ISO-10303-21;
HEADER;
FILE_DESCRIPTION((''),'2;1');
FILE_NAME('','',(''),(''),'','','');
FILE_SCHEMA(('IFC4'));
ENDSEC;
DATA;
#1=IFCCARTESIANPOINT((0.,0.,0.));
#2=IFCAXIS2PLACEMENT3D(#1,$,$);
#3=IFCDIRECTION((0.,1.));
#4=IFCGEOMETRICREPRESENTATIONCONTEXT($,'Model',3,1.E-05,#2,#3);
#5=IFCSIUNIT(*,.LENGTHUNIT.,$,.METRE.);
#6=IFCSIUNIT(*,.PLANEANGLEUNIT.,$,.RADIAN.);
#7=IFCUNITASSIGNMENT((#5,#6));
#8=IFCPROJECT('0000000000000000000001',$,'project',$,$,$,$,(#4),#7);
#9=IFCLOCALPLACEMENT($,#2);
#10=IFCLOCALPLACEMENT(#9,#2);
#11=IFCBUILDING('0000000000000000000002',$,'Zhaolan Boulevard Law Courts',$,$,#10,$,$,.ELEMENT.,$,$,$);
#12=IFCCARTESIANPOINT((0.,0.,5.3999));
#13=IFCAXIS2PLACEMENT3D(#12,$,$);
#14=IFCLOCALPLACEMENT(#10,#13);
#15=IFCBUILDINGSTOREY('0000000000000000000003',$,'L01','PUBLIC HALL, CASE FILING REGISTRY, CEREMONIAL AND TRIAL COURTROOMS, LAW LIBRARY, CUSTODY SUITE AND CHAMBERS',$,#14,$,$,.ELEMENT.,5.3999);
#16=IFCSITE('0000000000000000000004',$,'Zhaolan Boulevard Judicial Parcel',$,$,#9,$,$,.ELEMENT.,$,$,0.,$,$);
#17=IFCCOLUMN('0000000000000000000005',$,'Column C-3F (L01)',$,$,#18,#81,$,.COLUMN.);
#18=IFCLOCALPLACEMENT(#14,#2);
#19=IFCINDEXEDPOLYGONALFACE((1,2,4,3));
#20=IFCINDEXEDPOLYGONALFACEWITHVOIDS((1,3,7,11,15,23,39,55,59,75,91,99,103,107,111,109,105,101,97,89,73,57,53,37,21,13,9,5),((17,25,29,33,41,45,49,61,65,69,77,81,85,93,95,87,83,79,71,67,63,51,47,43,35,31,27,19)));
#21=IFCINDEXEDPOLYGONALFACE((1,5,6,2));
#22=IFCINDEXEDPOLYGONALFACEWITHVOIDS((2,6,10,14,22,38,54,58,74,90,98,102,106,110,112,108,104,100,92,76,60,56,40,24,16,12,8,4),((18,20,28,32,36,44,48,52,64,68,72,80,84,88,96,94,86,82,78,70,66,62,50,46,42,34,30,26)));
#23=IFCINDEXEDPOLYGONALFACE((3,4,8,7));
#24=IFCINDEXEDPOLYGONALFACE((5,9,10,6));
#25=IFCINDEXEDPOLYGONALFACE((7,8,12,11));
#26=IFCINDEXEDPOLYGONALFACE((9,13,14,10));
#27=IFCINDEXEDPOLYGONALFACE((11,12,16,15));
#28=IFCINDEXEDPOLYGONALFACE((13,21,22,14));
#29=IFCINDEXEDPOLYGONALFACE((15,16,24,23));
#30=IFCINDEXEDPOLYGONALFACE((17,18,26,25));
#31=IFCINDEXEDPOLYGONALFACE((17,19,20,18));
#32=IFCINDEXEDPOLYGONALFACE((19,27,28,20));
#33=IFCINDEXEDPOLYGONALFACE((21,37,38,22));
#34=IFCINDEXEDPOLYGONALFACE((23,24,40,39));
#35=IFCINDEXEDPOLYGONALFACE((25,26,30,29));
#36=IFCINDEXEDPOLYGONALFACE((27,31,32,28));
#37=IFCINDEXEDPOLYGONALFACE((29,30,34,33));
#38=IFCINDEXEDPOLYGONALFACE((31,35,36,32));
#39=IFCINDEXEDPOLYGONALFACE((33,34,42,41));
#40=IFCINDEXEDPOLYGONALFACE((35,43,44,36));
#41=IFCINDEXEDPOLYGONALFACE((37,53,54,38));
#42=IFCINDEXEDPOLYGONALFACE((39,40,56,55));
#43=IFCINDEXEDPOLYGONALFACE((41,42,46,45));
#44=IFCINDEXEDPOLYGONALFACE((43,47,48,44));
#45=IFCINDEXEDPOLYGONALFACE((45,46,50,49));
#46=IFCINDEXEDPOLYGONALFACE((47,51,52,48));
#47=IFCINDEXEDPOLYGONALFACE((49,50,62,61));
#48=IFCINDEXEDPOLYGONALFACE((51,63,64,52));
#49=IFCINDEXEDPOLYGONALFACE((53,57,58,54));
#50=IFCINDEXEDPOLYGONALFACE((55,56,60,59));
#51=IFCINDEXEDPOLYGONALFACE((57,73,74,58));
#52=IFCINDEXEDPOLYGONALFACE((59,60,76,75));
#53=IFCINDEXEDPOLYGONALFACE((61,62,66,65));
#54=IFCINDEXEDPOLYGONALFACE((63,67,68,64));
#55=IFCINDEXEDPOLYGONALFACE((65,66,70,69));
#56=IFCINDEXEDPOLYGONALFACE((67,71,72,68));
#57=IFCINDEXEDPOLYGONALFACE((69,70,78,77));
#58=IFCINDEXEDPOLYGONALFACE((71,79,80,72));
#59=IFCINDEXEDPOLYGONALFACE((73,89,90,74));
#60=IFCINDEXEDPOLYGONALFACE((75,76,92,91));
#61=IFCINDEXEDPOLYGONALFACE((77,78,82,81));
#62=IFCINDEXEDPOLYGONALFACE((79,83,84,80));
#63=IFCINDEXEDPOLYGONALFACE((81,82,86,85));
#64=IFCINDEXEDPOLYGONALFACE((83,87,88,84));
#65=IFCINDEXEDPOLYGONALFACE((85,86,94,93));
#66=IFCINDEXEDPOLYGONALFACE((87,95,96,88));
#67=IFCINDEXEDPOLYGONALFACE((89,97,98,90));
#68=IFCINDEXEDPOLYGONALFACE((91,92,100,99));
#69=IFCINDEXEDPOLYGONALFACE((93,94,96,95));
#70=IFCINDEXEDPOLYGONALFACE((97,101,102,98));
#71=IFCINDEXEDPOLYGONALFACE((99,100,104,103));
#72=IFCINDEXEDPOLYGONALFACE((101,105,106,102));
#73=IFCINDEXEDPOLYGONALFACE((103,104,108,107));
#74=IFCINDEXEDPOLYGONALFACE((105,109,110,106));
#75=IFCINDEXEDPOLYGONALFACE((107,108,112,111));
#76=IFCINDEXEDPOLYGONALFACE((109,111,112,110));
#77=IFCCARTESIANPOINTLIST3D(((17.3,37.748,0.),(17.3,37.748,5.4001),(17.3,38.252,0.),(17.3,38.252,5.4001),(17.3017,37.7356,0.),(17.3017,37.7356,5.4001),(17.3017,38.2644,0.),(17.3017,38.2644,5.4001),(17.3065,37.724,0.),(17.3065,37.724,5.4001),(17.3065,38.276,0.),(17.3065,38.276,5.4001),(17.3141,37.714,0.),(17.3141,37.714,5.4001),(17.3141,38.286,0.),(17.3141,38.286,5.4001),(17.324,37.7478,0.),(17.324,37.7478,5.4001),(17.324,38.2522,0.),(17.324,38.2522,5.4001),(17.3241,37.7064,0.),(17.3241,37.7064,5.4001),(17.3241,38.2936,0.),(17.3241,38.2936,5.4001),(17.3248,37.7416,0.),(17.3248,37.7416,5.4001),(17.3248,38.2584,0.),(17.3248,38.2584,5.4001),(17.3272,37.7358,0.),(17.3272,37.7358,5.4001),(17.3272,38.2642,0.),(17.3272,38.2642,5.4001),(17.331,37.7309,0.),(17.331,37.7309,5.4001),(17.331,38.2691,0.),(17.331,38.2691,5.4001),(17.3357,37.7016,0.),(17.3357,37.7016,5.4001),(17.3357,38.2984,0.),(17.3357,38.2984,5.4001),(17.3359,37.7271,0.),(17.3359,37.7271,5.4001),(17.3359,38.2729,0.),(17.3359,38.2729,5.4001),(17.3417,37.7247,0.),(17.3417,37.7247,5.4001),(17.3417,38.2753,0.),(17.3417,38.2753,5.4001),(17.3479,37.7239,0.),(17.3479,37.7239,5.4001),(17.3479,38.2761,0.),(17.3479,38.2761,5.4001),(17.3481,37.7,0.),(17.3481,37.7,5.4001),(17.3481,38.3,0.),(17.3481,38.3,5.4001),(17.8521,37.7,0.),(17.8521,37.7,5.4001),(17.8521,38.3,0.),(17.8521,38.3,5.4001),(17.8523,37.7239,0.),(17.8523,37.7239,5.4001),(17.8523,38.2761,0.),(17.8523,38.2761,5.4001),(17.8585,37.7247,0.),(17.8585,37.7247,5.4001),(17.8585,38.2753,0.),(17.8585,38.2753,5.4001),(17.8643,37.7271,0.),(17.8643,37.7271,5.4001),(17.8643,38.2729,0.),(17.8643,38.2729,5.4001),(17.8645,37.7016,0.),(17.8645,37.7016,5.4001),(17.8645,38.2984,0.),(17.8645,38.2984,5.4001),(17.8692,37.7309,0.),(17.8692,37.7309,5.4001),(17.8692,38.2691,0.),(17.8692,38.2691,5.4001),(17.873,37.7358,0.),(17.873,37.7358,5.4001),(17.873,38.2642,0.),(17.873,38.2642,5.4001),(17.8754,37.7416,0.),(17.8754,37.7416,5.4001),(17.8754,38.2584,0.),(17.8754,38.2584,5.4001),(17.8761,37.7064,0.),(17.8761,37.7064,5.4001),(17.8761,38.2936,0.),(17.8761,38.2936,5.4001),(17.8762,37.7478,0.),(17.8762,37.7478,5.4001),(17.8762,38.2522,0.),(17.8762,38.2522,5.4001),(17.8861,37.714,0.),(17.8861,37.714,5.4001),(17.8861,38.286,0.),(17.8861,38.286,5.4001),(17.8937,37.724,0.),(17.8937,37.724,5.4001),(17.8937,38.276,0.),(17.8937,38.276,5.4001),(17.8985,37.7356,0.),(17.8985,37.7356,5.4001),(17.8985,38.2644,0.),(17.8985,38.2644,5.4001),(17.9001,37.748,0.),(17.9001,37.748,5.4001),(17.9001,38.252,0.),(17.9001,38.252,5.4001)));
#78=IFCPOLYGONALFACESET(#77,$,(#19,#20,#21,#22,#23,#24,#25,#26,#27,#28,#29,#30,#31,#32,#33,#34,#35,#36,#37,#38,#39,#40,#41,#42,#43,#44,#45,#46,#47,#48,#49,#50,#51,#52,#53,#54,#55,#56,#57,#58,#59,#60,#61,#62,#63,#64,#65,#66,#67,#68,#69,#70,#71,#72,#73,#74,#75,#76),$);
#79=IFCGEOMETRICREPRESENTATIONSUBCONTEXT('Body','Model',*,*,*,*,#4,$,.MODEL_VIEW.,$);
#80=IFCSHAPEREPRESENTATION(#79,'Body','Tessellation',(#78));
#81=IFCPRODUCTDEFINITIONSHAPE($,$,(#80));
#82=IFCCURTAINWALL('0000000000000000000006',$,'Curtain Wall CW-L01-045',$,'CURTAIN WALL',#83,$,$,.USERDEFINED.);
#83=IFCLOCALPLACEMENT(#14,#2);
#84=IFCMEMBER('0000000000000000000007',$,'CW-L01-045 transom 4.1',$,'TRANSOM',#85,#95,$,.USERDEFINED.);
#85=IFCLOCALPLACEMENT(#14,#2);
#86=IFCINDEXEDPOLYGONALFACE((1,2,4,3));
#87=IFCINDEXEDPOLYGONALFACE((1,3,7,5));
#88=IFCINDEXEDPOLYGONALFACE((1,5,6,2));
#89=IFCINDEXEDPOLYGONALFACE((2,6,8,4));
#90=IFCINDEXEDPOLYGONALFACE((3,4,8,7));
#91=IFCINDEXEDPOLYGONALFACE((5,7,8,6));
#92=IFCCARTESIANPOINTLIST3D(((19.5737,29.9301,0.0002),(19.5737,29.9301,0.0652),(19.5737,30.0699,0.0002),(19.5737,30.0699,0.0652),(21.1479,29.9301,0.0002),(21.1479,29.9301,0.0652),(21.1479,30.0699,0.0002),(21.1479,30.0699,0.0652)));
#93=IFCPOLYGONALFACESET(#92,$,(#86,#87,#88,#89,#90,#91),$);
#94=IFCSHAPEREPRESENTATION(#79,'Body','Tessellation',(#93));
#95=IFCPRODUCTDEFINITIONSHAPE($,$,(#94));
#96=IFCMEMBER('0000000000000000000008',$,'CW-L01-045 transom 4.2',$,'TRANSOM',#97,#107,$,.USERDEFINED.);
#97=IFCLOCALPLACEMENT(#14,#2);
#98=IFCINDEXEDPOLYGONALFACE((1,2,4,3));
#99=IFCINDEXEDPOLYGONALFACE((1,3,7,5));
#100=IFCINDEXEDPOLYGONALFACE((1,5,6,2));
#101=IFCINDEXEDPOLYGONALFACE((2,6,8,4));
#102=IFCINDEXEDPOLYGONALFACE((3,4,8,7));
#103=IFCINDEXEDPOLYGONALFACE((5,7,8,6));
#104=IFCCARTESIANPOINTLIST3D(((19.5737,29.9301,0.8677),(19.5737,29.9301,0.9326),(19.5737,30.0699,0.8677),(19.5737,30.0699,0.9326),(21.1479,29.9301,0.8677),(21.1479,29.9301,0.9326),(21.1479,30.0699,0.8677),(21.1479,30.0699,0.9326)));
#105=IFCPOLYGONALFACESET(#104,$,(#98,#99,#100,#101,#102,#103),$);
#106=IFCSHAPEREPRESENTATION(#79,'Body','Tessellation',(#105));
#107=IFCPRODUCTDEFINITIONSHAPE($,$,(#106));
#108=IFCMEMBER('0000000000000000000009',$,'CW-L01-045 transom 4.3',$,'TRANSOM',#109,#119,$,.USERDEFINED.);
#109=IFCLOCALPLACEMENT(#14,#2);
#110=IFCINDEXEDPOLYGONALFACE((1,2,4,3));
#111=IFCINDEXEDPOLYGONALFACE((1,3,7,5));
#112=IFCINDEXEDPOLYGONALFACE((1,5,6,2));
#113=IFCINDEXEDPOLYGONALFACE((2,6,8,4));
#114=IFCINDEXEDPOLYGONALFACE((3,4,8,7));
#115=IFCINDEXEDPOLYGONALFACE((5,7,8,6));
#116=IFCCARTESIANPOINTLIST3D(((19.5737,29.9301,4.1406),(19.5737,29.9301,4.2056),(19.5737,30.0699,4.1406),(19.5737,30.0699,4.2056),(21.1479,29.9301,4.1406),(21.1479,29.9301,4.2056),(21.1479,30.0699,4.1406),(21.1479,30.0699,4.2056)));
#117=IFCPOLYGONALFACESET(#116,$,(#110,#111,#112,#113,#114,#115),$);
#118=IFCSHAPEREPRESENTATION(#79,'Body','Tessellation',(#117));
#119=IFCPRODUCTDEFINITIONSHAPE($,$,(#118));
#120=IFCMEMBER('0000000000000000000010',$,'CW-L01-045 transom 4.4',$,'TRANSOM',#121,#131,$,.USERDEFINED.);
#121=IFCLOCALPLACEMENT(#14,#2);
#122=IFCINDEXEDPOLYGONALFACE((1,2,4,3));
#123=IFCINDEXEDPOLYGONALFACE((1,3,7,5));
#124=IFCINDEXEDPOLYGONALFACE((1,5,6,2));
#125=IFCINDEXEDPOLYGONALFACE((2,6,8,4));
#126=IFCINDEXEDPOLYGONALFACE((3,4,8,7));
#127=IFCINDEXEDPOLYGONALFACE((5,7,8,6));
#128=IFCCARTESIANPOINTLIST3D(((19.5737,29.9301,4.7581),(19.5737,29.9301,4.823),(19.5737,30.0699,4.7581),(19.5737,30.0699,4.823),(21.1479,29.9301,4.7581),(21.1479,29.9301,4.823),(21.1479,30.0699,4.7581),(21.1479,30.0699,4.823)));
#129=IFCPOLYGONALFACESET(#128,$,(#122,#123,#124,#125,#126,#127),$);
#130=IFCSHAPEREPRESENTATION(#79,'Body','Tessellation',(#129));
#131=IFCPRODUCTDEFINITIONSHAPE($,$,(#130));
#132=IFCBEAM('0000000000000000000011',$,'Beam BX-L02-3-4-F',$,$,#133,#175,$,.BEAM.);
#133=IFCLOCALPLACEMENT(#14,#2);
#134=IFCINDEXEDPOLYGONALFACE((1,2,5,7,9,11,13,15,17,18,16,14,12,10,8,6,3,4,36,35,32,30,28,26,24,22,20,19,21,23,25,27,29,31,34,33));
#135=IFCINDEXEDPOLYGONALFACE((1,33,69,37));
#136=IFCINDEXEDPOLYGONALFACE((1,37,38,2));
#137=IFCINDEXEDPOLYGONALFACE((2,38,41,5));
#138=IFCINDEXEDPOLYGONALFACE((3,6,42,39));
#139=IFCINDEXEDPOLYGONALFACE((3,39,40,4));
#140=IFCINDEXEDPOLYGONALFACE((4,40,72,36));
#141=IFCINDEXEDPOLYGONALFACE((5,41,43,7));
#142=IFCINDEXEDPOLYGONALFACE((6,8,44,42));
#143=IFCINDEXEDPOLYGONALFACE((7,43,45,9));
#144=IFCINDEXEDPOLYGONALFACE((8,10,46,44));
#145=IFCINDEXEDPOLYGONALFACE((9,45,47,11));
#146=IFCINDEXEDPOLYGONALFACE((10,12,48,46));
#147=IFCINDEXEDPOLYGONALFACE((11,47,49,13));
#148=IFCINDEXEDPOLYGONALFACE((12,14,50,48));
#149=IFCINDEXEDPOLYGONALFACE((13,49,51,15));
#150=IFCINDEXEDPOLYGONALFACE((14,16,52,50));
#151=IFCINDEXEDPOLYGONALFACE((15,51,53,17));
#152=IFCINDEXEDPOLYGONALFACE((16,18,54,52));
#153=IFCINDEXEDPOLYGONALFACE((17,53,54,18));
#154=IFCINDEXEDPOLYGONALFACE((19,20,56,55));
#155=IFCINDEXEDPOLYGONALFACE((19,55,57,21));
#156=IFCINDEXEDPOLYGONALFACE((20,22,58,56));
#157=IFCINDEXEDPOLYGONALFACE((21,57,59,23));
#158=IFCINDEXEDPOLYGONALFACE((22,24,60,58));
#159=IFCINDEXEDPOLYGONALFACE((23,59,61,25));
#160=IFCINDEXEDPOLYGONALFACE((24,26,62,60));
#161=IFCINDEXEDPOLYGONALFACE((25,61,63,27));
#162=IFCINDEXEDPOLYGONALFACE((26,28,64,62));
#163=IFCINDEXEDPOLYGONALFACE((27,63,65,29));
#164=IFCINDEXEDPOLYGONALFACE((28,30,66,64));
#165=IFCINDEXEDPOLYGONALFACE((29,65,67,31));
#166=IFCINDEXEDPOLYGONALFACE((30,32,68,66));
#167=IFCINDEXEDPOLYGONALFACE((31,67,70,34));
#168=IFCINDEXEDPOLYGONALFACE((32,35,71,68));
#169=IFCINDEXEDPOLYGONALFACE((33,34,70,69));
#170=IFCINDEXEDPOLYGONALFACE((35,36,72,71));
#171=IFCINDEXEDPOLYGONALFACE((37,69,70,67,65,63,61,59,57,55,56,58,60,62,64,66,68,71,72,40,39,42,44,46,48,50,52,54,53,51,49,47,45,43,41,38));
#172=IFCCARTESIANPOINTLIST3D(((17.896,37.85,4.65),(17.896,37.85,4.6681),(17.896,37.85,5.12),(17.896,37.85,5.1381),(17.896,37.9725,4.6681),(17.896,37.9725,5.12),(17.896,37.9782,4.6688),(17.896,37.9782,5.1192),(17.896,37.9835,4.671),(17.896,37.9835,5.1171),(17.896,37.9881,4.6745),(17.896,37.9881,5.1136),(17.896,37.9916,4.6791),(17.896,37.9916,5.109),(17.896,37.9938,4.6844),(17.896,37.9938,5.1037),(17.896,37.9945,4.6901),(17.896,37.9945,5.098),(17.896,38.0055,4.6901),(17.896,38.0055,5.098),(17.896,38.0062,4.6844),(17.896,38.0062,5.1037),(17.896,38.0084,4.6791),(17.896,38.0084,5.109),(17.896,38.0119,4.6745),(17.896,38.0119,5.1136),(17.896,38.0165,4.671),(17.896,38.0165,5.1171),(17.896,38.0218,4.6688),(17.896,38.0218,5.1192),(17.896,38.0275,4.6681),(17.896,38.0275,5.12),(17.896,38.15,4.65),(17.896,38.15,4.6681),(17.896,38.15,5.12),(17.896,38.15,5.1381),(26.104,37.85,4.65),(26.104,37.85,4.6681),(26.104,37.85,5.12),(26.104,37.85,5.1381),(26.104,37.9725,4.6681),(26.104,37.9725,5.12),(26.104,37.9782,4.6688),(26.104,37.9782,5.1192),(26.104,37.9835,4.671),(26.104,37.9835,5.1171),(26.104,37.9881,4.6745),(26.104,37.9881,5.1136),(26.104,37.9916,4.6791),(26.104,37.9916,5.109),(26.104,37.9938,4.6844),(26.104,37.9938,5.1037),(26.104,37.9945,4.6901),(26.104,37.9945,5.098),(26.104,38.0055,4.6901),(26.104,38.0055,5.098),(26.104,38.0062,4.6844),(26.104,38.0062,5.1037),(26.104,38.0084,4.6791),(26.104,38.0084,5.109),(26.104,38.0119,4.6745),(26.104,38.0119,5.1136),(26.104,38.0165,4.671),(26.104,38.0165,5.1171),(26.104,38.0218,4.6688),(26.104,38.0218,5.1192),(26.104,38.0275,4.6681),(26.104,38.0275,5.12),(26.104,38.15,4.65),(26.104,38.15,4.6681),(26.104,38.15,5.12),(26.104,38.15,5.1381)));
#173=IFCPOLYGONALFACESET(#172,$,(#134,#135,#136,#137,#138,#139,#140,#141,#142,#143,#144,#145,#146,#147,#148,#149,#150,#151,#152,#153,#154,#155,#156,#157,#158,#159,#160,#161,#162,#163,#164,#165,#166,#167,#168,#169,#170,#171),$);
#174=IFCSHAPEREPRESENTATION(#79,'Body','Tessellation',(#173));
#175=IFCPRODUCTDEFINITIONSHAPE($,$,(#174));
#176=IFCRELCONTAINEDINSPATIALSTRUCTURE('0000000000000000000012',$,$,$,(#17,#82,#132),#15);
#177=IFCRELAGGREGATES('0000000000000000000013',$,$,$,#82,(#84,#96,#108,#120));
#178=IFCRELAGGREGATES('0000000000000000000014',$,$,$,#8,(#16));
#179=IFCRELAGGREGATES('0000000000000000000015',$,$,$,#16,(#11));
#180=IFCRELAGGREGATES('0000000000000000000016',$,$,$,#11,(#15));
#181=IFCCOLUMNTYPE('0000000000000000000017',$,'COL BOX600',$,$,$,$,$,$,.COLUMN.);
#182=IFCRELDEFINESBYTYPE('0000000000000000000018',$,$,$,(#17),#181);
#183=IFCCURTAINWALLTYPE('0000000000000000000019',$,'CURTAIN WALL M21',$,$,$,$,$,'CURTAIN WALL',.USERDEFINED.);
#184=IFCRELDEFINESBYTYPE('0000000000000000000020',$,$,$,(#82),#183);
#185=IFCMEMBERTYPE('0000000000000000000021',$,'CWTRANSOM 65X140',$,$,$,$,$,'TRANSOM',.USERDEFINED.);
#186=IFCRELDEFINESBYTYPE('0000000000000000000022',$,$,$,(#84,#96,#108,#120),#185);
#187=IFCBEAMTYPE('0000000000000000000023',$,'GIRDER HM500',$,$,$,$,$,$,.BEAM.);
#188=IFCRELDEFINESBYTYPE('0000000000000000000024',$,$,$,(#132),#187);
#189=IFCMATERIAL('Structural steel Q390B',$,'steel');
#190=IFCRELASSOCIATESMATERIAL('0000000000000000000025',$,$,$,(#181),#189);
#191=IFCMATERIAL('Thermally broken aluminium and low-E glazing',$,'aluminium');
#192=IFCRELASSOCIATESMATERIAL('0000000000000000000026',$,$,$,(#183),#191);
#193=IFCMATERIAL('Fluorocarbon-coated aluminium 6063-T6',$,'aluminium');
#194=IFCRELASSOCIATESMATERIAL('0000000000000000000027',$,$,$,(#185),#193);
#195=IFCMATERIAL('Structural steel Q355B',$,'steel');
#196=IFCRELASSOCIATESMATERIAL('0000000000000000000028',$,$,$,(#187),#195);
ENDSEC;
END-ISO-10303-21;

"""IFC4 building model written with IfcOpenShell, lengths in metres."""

from ifc_helpers import new_model, si_unit, direction, frame, origin, origin_2d, place, context, subcontext, project, spatial, rectangle, hollow_rectangle, i_section, extrude, material, material_profile, profile_set, type_object, element, aggregate, save


model = new_model("IFC4")

# Units and contexts
model_context = context("Model", 3, precision=1e-05, world=origin(), true_north=direction((0.0, 1.0)))
body_context = subcontext(model_context, "Body", "Model", "MODEL_VIEW")
ifc_project = project(units=[si_unit("LENGTHUNIT", "METRE"), si_unit("PLANEANGLEUNIT", "RADIAN")], contexts=[model_context])

# Site, building, storey
site_placement = place(None, origin())
site = spatial("IfcSite", under=ifc_project, at=site_placement, Name="Zhaolan Boulevard Judicial Parcel", CompositionType="ELEMENT", RefElevation=0.0)
building_placement = place(site_placement, origin())
building = spatial("IfcBuilding", under=site, at=building_placement, Name="Zhaolan Boulevard Law Courts", CompositionType="ELEMENT")
storey_placement = place(building_placement, frame((0.0, 0.0, 5.3999)))
storey = spatial("IfcBuildingStorey", under=building, at=storey_placement, Name="L01", Description="PUBLIC HALL, CASE FILING REGISTRY, CEREMONIAL AND TRIAL COURTROOMS, LAW LIBRARY, CUSTODY SUITE AND CHAMBERS", CompositionType="ELEMENT", Elevation=5.3999)

# Column
ifc_material_1 = material(Name="Structural steel Q390B", Category="steel")
ifc_material_profile_1 = material_profile(ifc_material_1, hollow_rectangle(XDim=0.6001, YDim=0.6001, WallThickness=0.0239, InnerFilletRadius=0.0239, OuterFilletRadius=0.0481, at=origin_2d()), Name="BOX600x600x24")
ifc_profile_set_1 = profile_set([ifc_material_profile_1], Name="Structural steel Q390B")
column_type = type_object("IfcColumnType", Name="COL BOX600", PredefinedType="COLUMN", material=ifc_profile_set_1)
column_placement = place(storey_placement, frame((17.6001, 38.0, 0.0), z_axis=(0.0, 0.0, 1.0), x_axis=(1.0, 0.0, 0.0)))
element("IfcColumn", 1, at=column_placement, inside=storey, type_object=column_type, Name="Column C-3F (L01)", PredefinedType="COLUMN", context=body_context, shape_type="SweptSolid", body=[
    extrude(hollow_rectangle(XDim=0.6001, YDim=0.6001, WallThickness=0.0239, InnerFilletRadius=0.0239, OuterFilletRadius=0.0481, at=origin_2d()), origin(), (0.0, 0.0, 1.0), 5.4001),
])

# Curtain wall, members
ifc_material_2 = material(Name="Thermally broken aluminium and low-E glazing", Category="aluminium")
curtain_wall_type = type_object("IfcCurtainWallType", Name="CURTAIN WALL M21", ElementType="CURTAIN WALL", PredefinedType="USERDEFINED", material=ifc_material_2)
curtain_wall_placement = place(storey_placement, origin())
curtain_wall = element("IfcCurtainWall", 2, at=curtain_wall_placement, inside=storey, type_object=curtain_wall_type, Name="Curtain Wall CW-L01-045", ObjectType="CURTAIN WALL", PredefinedType="USERDEFINED")
ifc_material_3 = material(Name="Fluorocarbon-coated aluminium 6063-T6", Category="aluminium")
ifc_material_profile_2 = material_profile(ifc_material_3, rectangle(XDim=0.1399, YDim=0.0649, at=origin_2d()), Name="AL65x140")
ifc_profile_set_2 = profile_set([ifc_material_profile_2], Name="Fluorocarbon-coated aluminium 6063-T6")
member_type = type_object("IfcMemberType", Name="CWTRANSOM 65X140", ElementType="TRANSOM", PredefinedType="USERDEFINED", material=ifc_profile_set_2)
member_1_placement = place(storey_placement, frame((21.1479, 30.0, 0.0327), z_axis=(-1.0, 0.0, 0.0), x_axis=(0.0, -1.0, 0.0)))
member_1 = element("IfcMember", 3, at=member_1_placement, type_object=member_type, Name="CW-L01-045 transom 4.1", ObjectType="TRANSOM", PredefinedType="USERDEFINED", context=body_context, shape_type="SweptSolid", body=[
    extrude(rectangle(XDim=0.1399, YDim=0.0649, at=origin_2d()), origin(), (0.0, 0.0, 1.0), 1.5742),
])
member_2_placement = place(storey_placement, frame((21.1479, 30.0, 0.9001), z_axis=(-1.0, 0.0, 0.0), x_axis=(0.0, -1.0, 0.0)))
member_2 = element("IfcMember", 4, at=member_2_placement, type_object=member_type, Name="CW-L01-045 transom 4.2", ObjectType="TRANSOM", PredefinedType="USERDEFINED", context=body_context, shape_type="SweptSolid", body=[
    extrude(rectangle(XDim=0.1399, YDim=0.0649, at=origin_2d()), origin(), (0.0, 0.0, 1.0), 1.5742),
])
member_3_placement = place(storey_placement, frame((21.1479, 30.0, 4.1731), z_axis=(-1.0, 0.0, 0.0), x_axis=(0.0, -1.0, 0.0)))
member_3 = element("IfcMember", 5, at=member_3_placement, type_object=member_type, Name="CW-L01-045 transom 4.3", ObjectType="TRANSOM", PredefinedType="USERDEFINED", context=body_context, shape_type="SweptSolid", body=[
    extrude(rectangle(XDim=0.1399, YDim=0.0649, at=origin_2d()), origin(), (0.0, 0.0, 1.0), 1.5742),
])
member_4_placement = place(storey_placement, frame((21.1479, 30.0, 4.7905), z_axis=(-1.0, 0.0, 0.0), x_axis=(0.0, -1.0, 0.0)))
member_4 = element("IfcMember", 6, at=member_4_placement, type_object=member_type, Name="CW-L01-045 transom 4.4", ObjectType="TRANSOM", PredefinedType="USERDEFINED", context=body_context, shape_type="SweptSolid", body=[
    extrude(rectangle(XDim=0.1399, YDim=0.0649, at=origin_2d()), origin(), (0.0, 0.0, 1.0), 1.5742),
])

# Beam
ifc_material_4 = material(Name="Structural steel Q355B", Category="steel")
ifc_material_profile_3 = material_profile(ifc_material_4, i_section(OverallWidth=0.3, OverallDepth=0.488, WebThickness=0.011, FlangeThickness=0.0181, FilletRadius=0.022, at=origin_2d()), Name="HM488x300")
ifc_profile_set_3 = profile_set([ifc_material_profile_3], Name="Structural steel Q355B")
beam_type_1 = type_object("IfcBeamType", Name="GIRDER HM500", PredefinedType="BEAM", material=ifc_profile_set_3)
beam_1_placement = place(storey_placement, frame((17.896, 38.0, 4.894), z_axis=(1.0, 0.0, 0.0), x_axis=(0.0, 1.0, 0.0)))
element("IfcBeam", 7, at=beam_1_placement, inside=storey, type_object=beam_type_1, Name="Beam BX-L02-3-4-F", PredefinedType="BEAM", context=body_context, shape_type="SweptSolid", body=[
    extrude(i_section(OverallWidth=0.3, OverallDepth=0.488, WebThickness=0.011, FlangeThickness=0.0181, FilletRadius=0.022, at=origin_2d()), origin(), (0.0, 0.0, 1.0), 8.208),
])

aggregate(curtain_wall, [member_1, member_2, member_3, member_4])

save(model, "model.ifc")
